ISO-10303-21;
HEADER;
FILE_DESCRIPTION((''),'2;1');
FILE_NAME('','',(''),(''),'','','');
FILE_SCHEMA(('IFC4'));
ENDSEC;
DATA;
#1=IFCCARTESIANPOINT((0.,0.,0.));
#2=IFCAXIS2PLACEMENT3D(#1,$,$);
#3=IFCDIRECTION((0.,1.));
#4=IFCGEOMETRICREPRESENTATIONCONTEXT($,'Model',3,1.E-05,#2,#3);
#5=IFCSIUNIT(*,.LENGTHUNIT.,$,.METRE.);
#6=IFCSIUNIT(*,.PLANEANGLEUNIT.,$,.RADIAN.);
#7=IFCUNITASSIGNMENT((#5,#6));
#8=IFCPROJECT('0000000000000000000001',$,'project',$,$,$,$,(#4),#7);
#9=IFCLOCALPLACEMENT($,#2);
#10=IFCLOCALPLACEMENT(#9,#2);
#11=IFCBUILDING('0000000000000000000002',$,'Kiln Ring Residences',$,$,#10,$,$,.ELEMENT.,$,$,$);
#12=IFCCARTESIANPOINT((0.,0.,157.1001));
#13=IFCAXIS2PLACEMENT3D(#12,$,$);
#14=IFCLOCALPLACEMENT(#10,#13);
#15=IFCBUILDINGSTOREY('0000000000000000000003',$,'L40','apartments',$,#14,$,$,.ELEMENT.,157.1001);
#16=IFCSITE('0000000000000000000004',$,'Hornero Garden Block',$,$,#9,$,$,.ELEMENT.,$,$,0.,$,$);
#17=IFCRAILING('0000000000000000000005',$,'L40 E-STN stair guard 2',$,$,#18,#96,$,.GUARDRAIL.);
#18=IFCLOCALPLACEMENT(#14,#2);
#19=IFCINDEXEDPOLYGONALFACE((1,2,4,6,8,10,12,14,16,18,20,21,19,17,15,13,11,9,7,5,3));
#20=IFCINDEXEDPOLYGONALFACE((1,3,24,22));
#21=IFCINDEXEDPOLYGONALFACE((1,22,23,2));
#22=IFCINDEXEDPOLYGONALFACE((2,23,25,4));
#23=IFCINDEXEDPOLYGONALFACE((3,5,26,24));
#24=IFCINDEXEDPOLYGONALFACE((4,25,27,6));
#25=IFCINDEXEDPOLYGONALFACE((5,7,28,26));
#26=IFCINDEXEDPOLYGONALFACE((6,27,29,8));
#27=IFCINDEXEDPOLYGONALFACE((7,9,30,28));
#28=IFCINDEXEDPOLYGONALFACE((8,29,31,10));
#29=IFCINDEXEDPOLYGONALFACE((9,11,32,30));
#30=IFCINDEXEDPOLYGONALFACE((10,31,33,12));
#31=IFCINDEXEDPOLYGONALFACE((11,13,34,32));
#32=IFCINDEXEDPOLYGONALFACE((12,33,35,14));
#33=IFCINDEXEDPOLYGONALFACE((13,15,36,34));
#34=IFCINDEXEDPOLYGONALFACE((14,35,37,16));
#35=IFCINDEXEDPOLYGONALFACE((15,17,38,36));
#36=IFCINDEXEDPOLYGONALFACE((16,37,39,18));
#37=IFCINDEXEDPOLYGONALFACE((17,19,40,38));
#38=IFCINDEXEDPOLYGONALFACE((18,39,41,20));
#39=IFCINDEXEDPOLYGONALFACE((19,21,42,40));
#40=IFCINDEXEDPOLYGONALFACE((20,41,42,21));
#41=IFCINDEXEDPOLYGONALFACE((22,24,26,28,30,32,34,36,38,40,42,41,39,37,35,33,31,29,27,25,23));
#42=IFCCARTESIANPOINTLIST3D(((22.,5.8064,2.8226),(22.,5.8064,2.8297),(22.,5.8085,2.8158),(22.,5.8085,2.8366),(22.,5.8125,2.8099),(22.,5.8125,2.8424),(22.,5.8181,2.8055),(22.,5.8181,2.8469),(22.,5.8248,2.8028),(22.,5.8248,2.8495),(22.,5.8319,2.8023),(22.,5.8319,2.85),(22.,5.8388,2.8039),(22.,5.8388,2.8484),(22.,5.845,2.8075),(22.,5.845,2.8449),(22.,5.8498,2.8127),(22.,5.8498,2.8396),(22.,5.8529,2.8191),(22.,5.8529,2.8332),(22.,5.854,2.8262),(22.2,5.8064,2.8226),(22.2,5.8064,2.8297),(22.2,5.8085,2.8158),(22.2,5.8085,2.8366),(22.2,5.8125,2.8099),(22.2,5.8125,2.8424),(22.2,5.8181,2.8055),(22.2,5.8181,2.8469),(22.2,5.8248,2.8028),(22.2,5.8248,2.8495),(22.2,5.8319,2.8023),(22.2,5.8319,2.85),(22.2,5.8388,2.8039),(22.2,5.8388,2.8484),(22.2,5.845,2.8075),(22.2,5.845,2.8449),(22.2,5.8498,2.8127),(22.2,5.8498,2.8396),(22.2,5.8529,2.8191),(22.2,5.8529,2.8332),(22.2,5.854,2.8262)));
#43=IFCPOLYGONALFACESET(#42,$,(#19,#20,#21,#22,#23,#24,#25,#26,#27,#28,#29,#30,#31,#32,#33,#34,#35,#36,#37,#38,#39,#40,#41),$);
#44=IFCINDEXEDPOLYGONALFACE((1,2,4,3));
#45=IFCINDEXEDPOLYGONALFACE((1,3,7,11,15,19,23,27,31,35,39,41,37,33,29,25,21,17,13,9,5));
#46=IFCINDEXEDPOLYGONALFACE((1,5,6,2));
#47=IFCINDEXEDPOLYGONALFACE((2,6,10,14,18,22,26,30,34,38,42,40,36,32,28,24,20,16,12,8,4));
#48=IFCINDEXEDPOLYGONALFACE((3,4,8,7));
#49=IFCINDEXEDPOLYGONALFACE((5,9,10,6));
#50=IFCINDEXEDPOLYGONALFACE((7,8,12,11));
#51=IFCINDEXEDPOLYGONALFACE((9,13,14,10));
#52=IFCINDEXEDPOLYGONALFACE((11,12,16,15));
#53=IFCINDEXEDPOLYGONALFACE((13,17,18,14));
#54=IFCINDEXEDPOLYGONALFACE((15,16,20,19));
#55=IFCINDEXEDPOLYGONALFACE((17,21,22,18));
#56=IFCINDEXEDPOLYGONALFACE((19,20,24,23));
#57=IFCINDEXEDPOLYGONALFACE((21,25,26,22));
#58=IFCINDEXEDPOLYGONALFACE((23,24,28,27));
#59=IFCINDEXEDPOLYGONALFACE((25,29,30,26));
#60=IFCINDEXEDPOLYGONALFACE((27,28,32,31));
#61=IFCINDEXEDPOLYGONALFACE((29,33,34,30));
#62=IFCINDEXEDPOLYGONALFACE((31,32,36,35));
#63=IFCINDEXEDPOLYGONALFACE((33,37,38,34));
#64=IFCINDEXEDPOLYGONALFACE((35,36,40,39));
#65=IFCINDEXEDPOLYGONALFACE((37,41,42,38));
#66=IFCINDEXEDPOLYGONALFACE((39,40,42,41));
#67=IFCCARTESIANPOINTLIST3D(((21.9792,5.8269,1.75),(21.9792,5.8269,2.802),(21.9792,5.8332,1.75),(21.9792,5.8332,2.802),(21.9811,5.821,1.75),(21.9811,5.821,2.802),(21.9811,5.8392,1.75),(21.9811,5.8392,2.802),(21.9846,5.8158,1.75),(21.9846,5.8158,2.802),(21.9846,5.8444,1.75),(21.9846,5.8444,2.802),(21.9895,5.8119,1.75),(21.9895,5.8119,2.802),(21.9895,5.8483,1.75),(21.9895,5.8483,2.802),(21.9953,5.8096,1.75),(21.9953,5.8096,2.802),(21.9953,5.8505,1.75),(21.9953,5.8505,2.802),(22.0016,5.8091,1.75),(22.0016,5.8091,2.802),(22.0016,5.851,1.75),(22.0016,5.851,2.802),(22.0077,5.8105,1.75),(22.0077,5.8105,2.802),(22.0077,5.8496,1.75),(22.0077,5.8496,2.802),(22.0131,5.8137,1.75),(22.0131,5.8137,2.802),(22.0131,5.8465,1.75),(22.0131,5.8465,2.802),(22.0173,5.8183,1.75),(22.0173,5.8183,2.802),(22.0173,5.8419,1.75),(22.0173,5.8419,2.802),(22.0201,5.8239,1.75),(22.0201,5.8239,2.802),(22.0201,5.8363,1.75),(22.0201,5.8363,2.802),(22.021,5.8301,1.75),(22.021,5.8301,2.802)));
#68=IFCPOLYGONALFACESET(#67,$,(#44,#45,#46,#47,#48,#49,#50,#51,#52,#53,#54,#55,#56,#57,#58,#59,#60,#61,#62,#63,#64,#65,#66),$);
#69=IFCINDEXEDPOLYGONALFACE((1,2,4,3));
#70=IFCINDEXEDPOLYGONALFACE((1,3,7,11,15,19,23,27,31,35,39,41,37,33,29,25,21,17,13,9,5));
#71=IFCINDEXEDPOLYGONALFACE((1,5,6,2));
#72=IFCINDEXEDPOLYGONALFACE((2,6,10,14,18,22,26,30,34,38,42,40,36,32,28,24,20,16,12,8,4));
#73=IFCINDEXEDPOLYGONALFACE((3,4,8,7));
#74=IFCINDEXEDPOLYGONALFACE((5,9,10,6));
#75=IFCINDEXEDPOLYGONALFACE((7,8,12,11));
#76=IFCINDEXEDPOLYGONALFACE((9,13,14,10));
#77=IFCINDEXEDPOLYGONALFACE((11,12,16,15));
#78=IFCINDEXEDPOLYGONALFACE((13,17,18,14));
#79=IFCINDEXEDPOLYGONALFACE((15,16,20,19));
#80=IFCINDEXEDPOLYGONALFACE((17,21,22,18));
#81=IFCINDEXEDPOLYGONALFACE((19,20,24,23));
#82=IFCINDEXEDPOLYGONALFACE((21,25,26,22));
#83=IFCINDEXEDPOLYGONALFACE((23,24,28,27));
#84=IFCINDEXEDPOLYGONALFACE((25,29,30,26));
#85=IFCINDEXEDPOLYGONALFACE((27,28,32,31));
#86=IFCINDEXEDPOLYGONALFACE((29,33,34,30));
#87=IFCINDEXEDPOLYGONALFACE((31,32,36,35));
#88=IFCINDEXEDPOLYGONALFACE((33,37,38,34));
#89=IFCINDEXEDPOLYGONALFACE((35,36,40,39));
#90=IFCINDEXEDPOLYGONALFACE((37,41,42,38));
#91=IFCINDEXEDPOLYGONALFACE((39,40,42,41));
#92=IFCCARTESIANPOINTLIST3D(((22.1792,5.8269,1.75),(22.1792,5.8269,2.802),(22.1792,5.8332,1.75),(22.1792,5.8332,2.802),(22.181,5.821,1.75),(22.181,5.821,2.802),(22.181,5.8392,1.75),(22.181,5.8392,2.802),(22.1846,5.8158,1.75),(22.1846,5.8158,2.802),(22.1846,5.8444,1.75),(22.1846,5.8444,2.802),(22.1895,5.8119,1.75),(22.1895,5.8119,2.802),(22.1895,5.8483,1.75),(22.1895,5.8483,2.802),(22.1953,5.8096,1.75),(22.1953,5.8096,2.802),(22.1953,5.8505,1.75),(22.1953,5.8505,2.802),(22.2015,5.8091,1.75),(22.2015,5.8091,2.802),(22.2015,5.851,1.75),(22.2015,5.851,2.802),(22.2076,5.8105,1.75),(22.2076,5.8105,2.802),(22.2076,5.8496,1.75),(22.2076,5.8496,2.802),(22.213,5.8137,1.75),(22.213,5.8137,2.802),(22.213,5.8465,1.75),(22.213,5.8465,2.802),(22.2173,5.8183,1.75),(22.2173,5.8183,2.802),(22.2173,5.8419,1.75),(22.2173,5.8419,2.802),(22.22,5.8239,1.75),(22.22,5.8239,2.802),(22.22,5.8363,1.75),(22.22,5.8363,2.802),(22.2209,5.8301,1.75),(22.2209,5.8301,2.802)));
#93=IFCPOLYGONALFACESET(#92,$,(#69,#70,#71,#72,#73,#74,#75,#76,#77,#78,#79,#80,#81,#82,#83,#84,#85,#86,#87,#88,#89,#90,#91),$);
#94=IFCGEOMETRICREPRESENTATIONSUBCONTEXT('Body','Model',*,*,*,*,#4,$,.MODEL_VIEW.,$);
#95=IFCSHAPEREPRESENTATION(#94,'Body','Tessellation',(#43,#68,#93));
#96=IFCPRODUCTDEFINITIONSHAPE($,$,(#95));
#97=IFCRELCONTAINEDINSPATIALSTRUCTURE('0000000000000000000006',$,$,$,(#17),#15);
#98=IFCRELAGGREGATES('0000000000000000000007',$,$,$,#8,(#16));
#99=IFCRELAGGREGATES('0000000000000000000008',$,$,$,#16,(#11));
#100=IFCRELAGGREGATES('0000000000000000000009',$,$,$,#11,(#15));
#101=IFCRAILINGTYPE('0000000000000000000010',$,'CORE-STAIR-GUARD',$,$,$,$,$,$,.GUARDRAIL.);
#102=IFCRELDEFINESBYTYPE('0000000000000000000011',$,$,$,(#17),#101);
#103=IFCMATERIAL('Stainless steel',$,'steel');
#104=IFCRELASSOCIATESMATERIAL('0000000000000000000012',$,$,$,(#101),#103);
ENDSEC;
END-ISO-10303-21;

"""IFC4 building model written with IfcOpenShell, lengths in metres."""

from ifc_helpers import new_model, si_unit, direction, frame, origin, origin_2d, place, context, subcontext, project, spatial, circle, extrude, material, type_object, element, save


model = new_model("IFC4")

# Units and contexts
model_context = context("Model", 3, precision=1e-05, world=origin(), true_north=direction((0.0, 1.0)))
body_context = subcontext(model_context, "Body", "Model", "MODEL_VIEW")
ifc_project = project(units=[si_unit("LENGTHUNIT", "METRE"), si_unit("PLANEANGLEUNIT", "RADIAN")], contexts=[model_context])

# Site, building, storey
site_placement = place(None, origin())
site = spatial("IfcSite", under=ifc_project, at=site_placement, Name="Hornero Garden Block", CompositionType="ELEMENT", RefElevation=0.0)
building_placement = place(site_placement, origin())
building = spatial("IfcBuilding", under=site, at=building_placement, Name="Kiln Ring Residences", CompositionType="ELEMENT")
storey_placement = place(building_placement, frame((0.0, 0.0, 157.1001)))
storey = spatial("IfcBuildingStorey", under=building, at=storey_placement, Name="L40", Description="apartments", CompositionType="ELEMENT", Elevation=157.1001)

# Railing
ifc_material_1 = material(Name="Stainless steel", Category="steel")
railing_type_1 = type_object("IfcRailingType", Name="CORE-STAIR-GUARD", PredefinedType="GUARDRAIL", material=ifc_material_1)
railing_1_placement = place(storey_placement, frame((22.0, 5.8301, 1.75)))
element("IfcRailing", 1, at=railing_1_placement, inside=storey, type_object=railing_type_1, Name="L40 E-STN stair guard 2", PredefinedType="GUARDRAIL", context=body_context, shape_type="SweptSolid", body=[
    extrude(circle(Radius=0.0239, at=origin_2d()), frame((0.0, 0.0, 1.0762), z_axis=(1.0, 0.0, 0.0), x_axis=(0.0, 1.0, 0.0)), (0.0, 0.0, 1.0), 0.2),
    extrude(circle(Radius=0.021, at=origin_2d()), origin(), (0.0, 0.0, 1.0), 1.052),
    extrude(circle(Radius=0.021, at=origin_2d()), frame((0.2, 0.0, 0.0)), (0.0, 0.0, 1.0), 1.052),
])

save(model, "model.ifc")
